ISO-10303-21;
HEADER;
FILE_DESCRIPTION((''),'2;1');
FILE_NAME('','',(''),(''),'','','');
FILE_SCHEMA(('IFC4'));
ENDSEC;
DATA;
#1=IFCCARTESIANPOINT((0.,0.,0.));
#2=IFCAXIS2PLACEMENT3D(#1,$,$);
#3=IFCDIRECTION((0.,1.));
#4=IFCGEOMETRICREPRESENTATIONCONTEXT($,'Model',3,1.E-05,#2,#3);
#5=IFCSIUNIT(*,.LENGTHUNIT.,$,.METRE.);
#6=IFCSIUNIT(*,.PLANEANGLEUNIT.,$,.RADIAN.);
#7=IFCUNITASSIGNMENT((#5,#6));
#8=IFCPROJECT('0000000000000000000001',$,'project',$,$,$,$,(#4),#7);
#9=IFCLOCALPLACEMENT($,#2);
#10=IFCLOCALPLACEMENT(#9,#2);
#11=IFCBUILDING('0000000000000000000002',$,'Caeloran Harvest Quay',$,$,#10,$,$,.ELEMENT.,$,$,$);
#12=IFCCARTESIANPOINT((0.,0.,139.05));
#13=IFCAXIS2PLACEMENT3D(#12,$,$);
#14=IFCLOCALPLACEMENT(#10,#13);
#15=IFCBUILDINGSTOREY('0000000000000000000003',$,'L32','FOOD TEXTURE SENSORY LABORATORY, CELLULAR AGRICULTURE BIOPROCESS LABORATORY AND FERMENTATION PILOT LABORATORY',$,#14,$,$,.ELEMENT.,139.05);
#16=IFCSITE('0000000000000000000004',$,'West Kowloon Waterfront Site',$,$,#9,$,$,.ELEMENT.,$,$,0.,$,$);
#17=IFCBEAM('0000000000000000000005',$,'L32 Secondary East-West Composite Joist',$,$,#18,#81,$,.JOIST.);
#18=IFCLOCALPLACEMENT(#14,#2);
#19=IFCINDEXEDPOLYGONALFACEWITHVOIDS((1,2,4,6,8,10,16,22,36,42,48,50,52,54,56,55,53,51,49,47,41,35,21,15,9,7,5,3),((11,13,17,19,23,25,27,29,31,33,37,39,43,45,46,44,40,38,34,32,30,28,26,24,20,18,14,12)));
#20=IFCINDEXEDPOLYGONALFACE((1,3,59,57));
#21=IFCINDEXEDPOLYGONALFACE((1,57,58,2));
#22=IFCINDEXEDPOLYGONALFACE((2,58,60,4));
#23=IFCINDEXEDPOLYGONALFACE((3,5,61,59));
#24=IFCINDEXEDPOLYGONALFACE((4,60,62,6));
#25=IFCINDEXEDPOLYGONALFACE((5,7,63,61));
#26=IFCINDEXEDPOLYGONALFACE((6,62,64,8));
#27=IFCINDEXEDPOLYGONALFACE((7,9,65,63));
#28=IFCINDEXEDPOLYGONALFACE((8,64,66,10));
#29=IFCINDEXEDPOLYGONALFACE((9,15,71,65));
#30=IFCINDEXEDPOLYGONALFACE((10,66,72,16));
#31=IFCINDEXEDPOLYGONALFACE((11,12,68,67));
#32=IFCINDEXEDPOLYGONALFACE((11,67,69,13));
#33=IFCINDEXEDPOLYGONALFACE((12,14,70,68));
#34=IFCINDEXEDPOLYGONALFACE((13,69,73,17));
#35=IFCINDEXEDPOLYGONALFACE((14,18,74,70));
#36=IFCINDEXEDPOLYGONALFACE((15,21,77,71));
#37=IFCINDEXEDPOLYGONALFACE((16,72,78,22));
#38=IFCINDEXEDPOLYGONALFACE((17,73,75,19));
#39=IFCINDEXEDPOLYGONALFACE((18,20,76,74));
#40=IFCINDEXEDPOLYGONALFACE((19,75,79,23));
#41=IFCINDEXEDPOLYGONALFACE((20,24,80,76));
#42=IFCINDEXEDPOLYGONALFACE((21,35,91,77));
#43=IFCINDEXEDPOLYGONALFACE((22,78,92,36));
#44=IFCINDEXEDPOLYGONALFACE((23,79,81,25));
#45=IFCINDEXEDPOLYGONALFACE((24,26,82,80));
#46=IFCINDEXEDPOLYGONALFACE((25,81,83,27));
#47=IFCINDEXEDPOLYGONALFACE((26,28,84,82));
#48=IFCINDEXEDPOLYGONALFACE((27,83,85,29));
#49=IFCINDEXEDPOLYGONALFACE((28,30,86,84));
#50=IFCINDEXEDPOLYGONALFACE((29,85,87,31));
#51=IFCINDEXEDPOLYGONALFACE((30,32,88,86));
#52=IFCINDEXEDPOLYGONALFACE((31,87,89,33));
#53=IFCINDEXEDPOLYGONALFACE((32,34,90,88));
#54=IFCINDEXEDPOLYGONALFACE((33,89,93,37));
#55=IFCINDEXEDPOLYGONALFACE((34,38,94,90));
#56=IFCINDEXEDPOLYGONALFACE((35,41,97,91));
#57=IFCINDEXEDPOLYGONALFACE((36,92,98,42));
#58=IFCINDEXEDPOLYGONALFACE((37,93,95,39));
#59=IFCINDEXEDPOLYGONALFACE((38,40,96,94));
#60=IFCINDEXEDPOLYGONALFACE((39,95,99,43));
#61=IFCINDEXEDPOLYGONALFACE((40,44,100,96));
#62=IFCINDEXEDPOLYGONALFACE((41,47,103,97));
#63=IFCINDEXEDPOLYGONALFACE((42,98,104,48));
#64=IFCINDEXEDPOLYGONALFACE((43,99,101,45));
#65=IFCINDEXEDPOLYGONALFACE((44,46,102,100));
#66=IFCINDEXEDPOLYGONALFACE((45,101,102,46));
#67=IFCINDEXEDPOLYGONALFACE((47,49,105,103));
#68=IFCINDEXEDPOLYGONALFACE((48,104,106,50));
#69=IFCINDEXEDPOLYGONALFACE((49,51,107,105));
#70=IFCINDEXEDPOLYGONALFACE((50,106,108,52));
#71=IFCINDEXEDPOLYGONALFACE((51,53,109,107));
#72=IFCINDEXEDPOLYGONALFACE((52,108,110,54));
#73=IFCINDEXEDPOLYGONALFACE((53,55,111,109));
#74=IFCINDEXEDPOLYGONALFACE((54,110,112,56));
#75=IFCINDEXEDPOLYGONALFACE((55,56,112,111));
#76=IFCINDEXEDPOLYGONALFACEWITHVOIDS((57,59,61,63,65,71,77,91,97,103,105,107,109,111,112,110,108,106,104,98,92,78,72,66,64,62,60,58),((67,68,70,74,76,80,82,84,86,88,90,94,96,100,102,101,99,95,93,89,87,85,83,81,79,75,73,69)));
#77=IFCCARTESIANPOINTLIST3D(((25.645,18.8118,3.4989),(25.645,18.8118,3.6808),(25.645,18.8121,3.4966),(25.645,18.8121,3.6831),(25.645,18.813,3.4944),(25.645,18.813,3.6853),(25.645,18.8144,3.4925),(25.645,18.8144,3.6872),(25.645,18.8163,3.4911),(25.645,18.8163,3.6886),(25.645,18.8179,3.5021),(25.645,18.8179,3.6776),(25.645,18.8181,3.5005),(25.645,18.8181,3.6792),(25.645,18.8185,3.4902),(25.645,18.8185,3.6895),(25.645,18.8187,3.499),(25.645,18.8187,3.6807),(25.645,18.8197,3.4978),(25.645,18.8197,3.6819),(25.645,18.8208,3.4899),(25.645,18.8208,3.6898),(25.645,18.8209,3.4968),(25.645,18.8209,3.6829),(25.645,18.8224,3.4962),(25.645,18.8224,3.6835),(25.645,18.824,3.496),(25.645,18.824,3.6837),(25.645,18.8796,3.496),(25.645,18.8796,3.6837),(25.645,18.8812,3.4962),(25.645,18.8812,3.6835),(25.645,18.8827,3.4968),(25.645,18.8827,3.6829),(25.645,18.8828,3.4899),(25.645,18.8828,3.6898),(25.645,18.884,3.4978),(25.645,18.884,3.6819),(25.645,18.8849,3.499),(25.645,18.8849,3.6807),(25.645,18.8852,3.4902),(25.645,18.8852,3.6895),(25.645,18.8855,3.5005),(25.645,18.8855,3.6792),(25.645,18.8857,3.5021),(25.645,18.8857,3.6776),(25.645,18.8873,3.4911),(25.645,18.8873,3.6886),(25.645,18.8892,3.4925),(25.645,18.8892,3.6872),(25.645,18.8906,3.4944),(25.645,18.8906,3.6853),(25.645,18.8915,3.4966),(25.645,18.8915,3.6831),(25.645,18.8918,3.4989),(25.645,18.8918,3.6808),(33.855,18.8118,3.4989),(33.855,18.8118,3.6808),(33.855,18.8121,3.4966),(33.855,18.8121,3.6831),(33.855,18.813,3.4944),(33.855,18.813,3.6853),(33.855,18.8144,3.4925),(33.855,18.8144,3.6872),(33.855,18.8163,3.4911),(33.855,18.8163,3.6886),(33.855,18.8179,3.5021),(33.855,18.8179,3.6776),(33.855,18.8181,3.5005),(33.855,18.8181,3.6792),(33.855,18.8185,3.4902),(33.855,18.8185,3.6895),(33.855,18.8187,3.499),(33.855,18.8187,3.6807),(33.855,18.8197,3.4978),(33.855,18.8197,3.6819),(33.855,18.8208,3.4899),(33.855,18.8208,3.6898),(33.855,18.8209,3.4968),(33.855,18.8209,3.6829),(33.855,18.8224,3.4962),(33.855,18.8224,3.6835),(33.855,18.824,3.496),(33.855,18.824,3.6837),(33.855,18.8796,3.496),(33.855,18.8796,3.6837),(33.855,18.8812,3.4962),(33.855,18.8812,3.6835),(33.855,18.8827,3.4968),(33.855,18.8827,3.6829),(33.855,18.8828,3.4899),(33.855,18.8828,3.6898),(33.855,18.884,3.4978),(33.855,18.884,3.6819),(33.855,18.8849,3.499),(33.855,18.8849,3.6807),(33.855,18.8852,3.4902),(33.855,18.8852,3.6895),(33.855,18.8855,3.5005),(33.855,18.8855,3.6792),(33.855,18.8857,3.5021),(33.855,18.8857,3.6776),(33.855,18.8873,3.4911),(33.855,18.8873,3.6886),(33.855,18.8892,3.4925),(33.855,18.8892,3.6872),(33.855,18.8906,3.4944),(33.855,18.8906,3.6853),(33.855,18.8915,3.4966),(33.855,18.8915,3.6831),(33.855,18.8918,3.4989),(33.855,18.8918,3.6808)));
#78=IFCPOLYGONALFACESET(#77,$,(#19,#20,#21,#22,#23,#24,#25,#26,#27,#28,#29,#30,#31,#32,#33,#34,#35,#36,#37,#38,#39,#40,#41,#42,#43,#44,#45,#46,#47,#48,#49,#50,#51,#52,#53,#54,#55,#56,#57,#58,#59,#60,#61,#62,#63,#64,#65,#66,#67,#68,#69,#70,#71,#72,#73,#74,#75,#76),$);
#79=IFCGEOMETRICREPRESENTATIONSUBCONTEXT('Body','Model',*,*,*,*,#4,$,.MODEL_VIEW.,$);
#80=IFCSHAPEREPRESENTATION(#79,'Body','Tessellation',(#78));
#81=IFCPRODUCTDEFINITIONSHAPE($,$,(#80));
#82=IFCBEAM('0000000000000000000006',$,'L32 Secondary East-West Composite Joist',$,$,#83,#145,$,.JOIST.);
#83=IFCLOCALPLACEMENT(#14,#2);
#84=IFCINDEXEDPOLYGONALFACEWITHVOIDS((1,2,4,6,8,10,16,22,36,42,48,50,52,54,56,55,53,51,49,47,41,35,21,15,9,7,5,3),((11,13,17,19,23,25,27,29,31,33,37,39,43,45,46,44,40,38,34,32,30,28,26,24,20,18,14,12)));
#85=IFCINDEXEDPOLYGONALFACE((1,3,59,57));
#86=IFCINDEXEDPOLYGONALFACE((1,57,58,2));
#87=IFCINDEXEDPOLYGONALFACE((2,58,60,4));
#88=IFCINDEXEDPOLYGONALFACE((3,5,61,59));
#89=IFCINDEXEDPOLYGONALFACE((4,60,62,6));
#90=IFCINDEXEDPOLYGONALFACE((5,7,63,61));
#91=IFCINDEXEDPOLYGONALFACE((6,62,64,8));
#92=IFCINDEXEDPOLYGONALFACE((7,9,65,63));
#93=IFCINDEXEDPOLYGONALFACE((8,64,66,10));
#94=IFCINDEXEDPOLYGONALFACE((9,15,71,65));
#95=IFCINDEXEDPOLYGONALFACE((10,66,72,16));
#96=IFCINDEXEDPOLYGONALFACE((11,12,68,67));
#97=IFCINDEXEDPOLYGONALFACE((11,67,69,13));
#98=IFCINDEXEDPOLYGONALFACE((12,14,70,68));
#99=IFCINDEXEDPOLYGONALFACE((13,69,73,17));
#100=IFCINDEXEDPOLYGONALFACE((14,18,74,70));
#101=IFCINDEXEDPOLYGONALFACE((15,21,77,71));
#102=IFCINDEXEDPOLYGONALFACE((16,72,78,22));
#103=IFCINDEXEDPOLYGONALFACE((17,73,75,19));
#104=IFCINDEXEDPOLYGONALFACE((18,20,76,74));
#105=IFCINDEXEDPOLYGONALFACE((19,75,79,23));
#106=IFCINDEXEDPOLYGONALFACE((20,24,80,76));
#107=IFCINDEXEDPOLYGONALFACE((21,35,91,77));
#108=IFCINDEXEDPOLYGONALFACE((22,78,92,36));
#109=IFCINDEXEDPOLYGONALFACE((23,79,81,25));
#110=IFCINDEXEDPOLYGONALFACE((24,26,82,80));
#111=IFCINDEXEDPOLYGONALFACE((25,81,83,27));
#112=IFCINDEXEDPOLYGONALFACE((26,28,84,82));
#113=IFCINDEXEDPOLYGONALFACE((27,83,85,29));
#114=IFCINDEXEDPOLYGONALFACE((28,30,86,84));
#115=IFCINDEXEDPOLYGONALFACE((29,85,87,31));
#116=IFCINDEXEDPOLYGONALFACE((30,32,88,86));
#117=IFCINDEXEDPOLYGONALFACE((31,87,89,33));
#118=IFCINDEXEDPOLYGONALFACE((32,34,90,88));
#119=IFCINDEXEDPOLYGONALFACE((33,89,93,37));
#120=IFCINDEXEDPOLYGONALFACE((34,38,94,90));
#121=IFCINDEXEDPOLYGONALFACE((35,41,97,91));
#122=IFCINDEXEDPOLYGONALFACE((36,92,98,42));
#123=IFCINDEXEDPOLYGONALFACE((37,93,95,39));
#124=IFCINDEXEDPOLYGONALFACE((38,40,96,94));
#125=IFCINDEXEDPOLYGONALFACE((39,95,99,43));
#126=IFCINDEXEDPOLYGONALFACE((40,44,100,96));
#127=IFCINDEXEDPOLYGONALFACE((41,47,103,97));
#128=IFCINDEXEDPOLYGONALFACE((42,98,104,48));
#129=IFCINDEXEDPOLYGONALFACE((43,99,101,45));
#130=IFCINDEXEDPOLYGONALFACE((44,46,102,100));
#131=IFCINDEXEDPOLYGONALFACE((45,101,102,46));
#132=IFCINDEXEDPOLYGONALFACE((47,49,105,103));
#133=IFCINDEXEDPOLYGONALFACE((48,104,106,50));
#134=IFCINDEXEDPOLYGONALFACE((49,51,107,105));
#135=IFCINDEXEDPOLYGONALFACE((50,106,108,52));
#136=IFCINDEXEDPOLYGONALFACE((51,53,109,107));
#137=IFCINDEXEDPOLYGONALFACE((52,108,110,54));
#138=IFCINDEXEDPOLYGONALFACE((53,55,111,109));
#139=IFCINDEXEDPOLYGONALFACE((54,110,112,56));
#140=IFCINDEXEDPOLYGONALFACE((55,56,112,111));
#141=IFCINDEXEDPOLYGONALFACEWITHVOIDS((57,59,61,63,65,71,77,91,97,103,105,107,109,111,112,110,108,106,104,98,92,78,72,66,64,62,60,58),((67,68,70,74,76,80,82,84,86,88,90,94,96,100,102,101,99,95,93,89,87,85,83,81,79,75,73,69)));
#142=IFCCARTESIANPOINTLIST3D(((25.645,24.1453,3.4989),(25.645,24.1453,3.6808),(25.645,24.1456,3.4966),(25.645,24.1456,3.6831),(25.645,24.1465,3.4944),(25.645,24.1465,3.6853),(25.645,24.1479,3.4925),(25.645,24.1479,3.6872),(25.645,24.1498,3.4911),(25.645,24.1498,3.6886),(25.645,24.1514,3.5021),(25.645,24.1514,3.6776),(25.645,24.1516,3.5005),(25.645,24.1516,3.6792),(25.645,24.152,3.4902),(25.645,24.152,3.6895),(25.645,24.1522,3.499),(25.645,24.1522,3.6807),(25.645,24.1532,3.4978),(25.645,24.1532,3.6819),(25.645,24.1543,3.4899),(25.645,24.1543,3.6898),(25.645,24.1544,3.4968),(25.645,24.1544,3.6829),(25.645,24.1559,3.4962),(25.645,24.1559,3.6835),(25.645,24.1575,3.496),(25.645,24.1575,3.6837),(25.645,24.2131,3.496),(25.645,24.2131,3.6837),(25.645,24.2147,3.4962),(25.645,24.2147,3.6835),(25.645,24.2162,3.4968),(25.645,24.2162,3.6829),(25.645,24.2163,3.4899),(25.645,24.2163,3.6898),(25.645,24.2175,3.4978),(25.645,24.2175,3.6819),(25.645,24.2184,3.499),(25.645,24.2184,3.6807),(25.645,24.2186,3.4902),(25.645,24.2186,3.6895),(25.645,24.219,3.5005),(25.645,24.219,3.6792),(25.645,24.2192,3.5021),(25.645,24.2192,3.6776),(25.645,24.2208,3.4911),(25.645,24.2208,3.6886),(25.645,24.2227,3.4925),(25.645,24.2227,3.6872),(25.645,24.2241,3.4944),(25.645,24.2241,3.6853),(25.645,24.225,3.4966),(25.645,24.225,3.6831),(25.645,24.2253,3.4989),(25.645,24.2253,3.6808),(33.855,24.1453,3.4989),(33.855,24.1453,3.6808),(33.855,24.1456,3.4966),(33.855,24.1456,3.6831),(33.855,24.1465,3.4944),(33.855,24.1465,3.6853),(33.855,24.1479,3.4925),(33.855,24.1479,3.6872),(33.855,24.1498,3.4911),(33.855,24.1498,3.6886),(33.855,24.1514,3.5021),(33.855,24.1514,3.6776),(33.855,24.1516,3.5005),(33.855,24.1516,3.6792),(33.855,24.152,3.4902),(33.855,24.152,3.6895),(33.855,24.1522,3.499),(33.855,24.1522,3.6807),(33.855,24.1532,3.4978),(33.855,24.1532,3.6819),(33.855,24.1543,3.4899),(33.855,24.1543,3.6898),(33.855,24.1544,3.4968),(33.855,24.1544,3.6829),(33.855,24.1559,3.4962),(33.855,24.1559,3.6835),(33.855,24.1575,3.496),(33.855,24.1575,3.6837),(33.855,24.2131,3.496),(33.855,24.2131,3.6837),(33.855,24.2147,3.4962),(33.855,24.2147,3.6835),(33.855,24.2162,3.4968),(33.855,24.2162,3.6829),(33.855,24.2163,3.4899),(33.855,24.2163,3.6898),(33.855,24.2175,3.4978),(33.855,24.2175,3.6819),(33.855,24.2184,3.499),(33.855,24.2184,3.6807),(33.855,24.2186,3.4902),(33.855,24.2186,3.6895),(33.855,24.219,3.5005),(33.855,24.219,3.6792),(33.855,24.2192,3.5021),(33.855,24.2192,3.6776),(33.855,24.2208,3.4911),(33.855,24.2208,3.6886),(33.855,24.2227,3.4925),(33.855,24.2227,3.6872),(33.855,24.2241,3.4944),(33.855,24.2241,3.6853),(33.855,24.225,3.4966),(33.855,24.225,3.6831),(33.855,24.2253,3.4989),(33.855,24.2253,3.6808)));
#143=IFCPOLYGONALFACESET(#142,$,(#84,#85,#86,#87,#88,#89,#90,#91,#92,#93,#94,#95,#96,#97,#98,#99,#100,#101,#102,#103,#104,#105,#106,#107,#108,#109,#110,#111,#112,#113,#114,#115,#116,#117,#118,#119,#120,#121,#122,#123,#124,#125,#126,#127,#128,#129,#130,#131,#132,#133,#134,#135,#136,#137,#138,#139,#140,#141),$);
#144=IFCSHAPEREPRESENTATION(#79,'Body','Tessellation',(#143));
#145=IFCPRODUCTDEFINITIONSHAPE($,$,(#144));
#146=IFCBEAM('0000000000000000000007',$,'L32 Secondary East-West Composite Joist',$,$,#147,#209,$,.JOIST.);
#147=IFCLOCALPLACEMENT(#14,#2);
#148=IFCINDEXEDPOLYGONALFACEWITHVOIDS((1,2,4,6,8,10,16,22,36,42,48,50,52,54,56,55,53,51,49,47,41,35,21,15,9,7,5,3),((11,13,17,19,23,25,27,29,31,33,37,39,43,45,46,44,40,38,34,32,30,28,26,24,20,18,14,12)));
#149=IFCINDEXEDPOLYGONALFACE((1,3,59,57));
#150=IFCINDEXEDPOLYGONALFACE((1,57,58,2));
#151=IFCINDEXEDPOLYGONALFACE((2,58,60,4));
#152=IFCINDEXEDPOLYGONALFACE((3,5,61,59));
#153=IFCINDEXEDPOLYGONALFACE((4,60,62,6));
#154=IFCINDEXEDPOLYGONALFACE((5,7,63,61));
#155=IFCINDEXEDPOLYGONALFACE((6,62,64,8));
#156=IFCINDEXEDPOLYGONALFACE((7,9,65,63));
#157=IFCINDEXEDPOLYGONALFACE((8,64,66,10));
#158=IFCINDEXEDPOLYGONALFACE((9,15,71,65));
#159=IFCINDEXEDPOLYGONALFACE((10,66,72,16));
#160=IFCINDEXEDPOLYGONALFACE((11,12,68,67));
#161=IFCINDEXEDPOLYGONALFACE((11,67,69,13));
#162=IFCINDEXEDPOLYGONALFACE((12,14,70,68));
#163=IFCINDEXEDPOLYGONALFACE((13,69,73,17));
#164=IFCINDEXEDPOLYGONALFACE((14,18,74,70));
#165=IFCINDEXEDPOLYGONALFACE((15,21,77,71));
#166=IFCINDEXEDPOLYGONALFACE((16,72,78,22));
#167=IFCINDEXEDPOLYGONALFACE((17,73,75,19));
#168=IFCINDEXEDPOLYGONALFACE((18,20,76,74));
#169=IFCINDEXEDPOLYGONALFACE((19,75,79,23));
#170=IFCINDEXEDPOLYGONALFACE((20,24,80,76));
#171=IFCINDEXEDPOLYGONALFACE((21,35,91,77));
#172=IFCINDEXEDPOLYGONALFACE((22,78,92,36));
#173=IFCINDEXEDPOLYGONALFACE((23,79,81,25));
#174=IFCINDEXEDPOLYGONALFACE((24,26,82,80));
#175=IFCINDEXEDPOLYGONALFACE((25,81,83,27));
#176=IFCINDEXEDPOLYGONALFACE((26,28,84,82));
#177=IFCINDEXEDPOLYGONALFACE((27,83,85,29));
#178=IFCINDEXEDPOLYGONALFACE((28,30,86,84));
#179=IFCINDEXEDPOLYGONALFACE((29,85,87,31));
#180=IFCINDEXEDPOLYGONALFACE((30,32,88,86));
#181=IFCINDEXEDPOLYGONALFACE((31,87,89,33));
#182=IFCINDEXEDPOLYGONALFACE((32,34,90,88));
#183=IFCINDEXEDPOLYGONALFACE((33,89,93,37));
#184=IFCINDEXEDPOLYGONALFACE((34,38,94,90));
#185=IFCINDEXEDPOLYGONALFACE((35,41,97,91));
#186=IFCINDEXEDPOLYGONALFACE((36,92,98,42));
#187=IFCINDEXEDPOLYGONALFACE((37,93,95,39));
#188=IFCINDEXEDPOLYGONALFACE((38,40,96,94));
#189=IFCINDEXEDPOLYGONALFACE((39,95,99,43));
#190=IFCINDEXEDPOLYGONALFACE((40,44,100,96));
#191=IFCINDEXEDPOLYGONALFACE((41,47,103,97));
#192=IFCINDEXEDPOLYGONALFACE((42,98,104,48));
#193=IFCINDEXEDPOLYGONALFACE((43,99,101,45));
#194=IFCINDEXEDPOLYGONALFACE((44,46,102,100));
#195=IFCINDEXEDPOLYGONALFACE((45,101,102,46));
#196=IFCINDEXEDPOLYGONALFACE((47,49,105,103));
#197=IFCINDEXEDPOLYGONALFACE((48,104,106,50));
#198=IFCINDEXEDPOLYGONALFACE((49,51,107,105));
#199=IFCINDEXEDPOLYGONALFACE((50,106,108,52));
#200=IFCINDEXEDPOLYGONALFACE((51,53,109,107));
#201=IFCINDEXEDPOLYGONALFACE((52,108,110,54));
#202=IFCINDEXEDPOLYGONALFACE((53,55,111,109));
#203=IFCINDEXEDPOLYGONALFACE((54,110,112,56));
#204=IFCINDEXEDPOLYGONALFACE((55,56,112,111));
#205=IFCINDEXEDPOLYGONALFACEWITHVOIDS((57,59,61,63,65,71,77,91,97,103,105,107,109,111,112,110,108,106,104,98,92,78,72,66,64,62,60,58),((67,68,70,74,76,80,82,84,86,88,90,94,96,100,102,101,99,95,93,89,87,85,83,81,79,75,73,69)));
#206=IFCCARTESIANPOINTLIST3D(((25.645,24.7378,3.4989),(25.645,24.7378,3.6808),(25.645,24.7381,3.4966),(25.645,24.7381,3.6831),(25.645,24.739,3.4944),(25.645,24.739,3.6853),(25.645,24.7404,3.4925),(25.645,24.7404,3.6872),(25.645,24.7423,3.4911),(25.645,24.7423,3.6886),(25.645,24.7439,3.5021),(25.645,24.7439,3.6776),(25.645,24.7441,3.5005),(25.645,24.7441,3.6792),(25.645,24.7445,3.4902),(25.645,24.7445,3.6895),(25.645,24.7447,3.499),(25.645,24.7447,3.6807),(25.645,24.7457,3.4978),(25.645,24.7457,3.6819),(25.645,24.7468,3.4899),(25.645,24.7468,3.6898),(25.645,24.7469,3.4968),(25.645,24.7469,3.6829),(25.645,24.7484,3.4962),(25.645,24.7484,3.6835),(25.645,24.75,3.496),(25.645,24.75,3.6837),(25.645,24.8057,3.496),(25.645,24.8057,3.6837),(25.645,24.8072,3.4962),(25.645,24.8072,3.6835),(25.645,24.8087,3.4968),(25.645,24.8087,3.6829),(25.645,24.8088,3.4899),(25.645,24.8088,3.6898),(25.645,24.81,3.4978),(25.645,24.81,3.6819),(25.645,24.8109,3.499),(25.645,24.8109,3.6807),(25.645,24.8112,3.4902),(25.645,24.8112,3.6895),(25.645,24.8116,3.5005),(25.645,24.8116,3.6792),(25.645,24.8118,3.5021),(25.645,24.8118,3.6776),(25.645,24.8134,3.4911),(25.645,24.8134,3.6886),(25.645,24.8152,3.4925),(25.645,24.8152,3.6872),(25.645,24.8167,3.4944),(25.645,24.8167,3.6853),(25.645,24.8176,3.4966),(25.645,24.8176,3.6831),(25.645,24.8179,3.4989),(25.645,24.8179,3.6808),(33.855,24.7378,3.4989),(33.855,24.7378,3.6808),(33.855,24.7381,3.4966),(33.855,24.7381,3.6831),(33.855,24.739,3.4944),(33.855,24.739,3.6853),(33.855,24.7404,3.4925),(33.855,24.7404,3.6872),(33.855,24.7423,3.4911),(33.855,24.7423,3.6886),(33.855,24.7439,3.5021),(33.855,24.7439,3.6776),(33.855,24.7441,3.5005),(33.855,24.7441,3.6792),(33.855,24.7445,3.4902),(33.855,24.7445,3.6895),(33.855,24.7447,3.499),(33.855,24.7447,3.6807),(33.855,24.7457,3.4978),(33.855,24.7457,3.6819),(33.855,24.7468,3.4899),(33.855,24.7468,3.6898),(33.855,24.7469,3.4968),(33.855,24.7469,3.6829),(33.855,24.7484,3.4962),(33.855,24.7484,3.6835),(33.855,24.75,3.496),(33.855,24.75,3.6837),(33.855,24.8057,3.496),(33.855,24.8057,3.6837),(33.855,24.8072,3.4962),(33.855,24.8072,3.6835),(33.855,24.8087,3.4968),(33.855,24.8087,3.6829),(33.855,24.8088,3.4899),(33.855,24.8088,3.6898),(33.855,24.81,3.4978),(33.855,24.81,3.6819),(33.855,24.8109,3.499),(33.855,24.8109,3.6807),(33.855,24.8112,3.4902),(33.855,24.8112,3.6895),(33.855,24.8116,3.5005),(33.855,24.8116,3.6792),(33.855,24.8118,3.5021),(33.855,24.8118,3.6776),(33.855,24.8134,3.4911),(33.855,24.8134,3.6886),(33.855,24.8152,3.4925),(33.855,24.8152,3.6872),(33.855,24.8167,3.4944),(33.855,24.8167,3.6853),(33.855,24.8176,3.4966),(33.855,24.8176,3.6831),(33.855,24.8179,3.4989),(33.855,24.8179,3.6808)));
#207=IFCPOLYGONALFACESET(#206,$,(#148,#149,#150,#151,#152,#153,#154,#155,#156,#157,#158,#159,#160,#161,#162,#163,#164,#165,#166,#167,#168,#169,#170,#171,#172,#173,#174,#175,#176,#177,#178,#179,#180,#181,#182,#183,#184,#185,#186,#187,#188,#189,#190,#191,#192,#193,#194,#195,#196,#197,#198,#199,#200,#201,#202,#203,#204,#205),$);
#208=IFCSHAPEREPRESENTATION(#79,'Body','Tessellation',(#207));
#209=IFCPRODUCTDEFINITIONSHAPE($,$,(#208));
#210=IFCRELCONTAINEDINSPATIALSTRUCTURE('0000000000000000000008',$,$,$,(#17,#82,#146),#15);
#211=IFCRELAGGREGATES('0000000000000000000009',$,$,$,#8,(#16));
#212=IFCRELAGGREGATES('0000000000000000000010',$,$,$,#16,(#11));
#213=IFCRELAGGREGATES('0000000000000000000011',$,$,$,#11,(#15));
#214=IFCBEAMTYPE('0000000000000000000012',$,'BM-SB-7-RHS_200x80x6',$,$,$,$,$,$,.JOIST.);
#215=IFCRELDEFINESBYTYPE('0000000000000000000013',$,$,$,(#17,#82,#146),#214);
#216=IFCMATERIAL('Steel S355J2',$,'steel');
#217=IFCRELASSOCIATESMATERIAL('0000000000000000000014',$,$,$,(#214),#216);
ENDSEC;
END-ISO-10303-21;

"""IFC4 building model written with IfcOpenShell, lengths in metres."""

from ifc_helpers import new_model, si_unit, direction, frame, origin, origin_2d, place, context, subcontext, project, spatial, hollow_rectangle, extrude, material, material_profile, profile_set, type_object, element, save


model = new_model("IFC4")

# Units and contexts
model_context = context("Model", 3, precision=1e-05, world=origin(), true_north=direction((0.0, 1.0)))
body_context = subcontext(model_context, "Body", "Model", "MODEL_VIEW")
ifc_project = project(units=[si_unit("LENGTHUNIT", "METRE"), si_unit("PLANEANGLEUNIT", "RADIAN")], contexts=[model_context])

# Site, building, storey
site_placement = place(None, origin())
site = spatial("IfcSite", under=ifc_project, at=site_placement, Name="West Kowloon Waterfront Site", CompositionType="ELEMENT", RefElevation=0.0)
building_placement = place(site_placement, origin())
building = spatial("IfcBuilding", under=site, at=building_placement, Name="Caeloran Harvest Quay", CompositionType="ELEMENT")
storey_placement = place(building_placement, frame((0.0, 0.0, 139.05)))
storey = spatial("IfcBuildingStorey", under=building, at=storey_placement, Name="L32", Description="FOOD TEXTURE SENSORY LABORATORY, CELLULAR AGRICULTURE BIOPROCESS LABORATORY AND FERMENTATION PILOT LABORATORY", CompositionType="ELEMENT", Elevation=139.05)

# Beams
ifc_material_1 = material(Name="Steel S355J2", Category="steel")
ifc_material_profile_1 = material_profile(ifc_material_1, hollow_rectangle(XDim=0.0801, YDim=0.2, WallThickness=0.0061, InnerFilletRadius=0.0061, OuterFilletRadius=0.009, at=origin_2d()), Name="RHS 200x80x6")
ifc_profile_set_1 = profile_set([ifc_material_profile_1], Name="Steel S355J2")
beam_type_1 = type_object("IfcBeamType", Name="BM-SB-7-RHS_200x80x6", PredefinedType="JOIST", material=ifc_profile_set_1)
for number, where, z_axis, x_axis, name in (
    (1, (25.645, 18.8518, 3.5898), (1.0, 0.0, 0.0), (0.0, 1.0, 0.0), "L32 Secondary East-West Composite Joist"),
    (2, (25.645, 24.1853, 3.5898), (1.0, 0.0, 0.0), (0.0, 1.0, 0.0), "L32 Secondary East-West Composite Joist"),
    (3, (25.645, 24.7778, 3.5898), (1.0, 0.0, 0.0), (0.0, 1.0, 0.0), "L32 Secondary East-West Composite Joist"),
):
    element("IfcBeam", number, at=place(storey_placement, frame(where, z_axis=z_axis, x_axis=x_axis)), inside=storey, type_object=beam_type_1, Name=name, PredefinedType="JOIST", context=body_context, shape_type="SweptSolid", body=[
        extrude(hollow_rectangle(XDim=0.0801, YDim=0.2, WallThickness=0.0061, InnerFilletRadius=0.0061, OuterFilletRadius=0.009, at=origin_2d()), origin(), (0.0, 0.0, 1.0), 8.21),
    ])

save(model, "model.ifc")
